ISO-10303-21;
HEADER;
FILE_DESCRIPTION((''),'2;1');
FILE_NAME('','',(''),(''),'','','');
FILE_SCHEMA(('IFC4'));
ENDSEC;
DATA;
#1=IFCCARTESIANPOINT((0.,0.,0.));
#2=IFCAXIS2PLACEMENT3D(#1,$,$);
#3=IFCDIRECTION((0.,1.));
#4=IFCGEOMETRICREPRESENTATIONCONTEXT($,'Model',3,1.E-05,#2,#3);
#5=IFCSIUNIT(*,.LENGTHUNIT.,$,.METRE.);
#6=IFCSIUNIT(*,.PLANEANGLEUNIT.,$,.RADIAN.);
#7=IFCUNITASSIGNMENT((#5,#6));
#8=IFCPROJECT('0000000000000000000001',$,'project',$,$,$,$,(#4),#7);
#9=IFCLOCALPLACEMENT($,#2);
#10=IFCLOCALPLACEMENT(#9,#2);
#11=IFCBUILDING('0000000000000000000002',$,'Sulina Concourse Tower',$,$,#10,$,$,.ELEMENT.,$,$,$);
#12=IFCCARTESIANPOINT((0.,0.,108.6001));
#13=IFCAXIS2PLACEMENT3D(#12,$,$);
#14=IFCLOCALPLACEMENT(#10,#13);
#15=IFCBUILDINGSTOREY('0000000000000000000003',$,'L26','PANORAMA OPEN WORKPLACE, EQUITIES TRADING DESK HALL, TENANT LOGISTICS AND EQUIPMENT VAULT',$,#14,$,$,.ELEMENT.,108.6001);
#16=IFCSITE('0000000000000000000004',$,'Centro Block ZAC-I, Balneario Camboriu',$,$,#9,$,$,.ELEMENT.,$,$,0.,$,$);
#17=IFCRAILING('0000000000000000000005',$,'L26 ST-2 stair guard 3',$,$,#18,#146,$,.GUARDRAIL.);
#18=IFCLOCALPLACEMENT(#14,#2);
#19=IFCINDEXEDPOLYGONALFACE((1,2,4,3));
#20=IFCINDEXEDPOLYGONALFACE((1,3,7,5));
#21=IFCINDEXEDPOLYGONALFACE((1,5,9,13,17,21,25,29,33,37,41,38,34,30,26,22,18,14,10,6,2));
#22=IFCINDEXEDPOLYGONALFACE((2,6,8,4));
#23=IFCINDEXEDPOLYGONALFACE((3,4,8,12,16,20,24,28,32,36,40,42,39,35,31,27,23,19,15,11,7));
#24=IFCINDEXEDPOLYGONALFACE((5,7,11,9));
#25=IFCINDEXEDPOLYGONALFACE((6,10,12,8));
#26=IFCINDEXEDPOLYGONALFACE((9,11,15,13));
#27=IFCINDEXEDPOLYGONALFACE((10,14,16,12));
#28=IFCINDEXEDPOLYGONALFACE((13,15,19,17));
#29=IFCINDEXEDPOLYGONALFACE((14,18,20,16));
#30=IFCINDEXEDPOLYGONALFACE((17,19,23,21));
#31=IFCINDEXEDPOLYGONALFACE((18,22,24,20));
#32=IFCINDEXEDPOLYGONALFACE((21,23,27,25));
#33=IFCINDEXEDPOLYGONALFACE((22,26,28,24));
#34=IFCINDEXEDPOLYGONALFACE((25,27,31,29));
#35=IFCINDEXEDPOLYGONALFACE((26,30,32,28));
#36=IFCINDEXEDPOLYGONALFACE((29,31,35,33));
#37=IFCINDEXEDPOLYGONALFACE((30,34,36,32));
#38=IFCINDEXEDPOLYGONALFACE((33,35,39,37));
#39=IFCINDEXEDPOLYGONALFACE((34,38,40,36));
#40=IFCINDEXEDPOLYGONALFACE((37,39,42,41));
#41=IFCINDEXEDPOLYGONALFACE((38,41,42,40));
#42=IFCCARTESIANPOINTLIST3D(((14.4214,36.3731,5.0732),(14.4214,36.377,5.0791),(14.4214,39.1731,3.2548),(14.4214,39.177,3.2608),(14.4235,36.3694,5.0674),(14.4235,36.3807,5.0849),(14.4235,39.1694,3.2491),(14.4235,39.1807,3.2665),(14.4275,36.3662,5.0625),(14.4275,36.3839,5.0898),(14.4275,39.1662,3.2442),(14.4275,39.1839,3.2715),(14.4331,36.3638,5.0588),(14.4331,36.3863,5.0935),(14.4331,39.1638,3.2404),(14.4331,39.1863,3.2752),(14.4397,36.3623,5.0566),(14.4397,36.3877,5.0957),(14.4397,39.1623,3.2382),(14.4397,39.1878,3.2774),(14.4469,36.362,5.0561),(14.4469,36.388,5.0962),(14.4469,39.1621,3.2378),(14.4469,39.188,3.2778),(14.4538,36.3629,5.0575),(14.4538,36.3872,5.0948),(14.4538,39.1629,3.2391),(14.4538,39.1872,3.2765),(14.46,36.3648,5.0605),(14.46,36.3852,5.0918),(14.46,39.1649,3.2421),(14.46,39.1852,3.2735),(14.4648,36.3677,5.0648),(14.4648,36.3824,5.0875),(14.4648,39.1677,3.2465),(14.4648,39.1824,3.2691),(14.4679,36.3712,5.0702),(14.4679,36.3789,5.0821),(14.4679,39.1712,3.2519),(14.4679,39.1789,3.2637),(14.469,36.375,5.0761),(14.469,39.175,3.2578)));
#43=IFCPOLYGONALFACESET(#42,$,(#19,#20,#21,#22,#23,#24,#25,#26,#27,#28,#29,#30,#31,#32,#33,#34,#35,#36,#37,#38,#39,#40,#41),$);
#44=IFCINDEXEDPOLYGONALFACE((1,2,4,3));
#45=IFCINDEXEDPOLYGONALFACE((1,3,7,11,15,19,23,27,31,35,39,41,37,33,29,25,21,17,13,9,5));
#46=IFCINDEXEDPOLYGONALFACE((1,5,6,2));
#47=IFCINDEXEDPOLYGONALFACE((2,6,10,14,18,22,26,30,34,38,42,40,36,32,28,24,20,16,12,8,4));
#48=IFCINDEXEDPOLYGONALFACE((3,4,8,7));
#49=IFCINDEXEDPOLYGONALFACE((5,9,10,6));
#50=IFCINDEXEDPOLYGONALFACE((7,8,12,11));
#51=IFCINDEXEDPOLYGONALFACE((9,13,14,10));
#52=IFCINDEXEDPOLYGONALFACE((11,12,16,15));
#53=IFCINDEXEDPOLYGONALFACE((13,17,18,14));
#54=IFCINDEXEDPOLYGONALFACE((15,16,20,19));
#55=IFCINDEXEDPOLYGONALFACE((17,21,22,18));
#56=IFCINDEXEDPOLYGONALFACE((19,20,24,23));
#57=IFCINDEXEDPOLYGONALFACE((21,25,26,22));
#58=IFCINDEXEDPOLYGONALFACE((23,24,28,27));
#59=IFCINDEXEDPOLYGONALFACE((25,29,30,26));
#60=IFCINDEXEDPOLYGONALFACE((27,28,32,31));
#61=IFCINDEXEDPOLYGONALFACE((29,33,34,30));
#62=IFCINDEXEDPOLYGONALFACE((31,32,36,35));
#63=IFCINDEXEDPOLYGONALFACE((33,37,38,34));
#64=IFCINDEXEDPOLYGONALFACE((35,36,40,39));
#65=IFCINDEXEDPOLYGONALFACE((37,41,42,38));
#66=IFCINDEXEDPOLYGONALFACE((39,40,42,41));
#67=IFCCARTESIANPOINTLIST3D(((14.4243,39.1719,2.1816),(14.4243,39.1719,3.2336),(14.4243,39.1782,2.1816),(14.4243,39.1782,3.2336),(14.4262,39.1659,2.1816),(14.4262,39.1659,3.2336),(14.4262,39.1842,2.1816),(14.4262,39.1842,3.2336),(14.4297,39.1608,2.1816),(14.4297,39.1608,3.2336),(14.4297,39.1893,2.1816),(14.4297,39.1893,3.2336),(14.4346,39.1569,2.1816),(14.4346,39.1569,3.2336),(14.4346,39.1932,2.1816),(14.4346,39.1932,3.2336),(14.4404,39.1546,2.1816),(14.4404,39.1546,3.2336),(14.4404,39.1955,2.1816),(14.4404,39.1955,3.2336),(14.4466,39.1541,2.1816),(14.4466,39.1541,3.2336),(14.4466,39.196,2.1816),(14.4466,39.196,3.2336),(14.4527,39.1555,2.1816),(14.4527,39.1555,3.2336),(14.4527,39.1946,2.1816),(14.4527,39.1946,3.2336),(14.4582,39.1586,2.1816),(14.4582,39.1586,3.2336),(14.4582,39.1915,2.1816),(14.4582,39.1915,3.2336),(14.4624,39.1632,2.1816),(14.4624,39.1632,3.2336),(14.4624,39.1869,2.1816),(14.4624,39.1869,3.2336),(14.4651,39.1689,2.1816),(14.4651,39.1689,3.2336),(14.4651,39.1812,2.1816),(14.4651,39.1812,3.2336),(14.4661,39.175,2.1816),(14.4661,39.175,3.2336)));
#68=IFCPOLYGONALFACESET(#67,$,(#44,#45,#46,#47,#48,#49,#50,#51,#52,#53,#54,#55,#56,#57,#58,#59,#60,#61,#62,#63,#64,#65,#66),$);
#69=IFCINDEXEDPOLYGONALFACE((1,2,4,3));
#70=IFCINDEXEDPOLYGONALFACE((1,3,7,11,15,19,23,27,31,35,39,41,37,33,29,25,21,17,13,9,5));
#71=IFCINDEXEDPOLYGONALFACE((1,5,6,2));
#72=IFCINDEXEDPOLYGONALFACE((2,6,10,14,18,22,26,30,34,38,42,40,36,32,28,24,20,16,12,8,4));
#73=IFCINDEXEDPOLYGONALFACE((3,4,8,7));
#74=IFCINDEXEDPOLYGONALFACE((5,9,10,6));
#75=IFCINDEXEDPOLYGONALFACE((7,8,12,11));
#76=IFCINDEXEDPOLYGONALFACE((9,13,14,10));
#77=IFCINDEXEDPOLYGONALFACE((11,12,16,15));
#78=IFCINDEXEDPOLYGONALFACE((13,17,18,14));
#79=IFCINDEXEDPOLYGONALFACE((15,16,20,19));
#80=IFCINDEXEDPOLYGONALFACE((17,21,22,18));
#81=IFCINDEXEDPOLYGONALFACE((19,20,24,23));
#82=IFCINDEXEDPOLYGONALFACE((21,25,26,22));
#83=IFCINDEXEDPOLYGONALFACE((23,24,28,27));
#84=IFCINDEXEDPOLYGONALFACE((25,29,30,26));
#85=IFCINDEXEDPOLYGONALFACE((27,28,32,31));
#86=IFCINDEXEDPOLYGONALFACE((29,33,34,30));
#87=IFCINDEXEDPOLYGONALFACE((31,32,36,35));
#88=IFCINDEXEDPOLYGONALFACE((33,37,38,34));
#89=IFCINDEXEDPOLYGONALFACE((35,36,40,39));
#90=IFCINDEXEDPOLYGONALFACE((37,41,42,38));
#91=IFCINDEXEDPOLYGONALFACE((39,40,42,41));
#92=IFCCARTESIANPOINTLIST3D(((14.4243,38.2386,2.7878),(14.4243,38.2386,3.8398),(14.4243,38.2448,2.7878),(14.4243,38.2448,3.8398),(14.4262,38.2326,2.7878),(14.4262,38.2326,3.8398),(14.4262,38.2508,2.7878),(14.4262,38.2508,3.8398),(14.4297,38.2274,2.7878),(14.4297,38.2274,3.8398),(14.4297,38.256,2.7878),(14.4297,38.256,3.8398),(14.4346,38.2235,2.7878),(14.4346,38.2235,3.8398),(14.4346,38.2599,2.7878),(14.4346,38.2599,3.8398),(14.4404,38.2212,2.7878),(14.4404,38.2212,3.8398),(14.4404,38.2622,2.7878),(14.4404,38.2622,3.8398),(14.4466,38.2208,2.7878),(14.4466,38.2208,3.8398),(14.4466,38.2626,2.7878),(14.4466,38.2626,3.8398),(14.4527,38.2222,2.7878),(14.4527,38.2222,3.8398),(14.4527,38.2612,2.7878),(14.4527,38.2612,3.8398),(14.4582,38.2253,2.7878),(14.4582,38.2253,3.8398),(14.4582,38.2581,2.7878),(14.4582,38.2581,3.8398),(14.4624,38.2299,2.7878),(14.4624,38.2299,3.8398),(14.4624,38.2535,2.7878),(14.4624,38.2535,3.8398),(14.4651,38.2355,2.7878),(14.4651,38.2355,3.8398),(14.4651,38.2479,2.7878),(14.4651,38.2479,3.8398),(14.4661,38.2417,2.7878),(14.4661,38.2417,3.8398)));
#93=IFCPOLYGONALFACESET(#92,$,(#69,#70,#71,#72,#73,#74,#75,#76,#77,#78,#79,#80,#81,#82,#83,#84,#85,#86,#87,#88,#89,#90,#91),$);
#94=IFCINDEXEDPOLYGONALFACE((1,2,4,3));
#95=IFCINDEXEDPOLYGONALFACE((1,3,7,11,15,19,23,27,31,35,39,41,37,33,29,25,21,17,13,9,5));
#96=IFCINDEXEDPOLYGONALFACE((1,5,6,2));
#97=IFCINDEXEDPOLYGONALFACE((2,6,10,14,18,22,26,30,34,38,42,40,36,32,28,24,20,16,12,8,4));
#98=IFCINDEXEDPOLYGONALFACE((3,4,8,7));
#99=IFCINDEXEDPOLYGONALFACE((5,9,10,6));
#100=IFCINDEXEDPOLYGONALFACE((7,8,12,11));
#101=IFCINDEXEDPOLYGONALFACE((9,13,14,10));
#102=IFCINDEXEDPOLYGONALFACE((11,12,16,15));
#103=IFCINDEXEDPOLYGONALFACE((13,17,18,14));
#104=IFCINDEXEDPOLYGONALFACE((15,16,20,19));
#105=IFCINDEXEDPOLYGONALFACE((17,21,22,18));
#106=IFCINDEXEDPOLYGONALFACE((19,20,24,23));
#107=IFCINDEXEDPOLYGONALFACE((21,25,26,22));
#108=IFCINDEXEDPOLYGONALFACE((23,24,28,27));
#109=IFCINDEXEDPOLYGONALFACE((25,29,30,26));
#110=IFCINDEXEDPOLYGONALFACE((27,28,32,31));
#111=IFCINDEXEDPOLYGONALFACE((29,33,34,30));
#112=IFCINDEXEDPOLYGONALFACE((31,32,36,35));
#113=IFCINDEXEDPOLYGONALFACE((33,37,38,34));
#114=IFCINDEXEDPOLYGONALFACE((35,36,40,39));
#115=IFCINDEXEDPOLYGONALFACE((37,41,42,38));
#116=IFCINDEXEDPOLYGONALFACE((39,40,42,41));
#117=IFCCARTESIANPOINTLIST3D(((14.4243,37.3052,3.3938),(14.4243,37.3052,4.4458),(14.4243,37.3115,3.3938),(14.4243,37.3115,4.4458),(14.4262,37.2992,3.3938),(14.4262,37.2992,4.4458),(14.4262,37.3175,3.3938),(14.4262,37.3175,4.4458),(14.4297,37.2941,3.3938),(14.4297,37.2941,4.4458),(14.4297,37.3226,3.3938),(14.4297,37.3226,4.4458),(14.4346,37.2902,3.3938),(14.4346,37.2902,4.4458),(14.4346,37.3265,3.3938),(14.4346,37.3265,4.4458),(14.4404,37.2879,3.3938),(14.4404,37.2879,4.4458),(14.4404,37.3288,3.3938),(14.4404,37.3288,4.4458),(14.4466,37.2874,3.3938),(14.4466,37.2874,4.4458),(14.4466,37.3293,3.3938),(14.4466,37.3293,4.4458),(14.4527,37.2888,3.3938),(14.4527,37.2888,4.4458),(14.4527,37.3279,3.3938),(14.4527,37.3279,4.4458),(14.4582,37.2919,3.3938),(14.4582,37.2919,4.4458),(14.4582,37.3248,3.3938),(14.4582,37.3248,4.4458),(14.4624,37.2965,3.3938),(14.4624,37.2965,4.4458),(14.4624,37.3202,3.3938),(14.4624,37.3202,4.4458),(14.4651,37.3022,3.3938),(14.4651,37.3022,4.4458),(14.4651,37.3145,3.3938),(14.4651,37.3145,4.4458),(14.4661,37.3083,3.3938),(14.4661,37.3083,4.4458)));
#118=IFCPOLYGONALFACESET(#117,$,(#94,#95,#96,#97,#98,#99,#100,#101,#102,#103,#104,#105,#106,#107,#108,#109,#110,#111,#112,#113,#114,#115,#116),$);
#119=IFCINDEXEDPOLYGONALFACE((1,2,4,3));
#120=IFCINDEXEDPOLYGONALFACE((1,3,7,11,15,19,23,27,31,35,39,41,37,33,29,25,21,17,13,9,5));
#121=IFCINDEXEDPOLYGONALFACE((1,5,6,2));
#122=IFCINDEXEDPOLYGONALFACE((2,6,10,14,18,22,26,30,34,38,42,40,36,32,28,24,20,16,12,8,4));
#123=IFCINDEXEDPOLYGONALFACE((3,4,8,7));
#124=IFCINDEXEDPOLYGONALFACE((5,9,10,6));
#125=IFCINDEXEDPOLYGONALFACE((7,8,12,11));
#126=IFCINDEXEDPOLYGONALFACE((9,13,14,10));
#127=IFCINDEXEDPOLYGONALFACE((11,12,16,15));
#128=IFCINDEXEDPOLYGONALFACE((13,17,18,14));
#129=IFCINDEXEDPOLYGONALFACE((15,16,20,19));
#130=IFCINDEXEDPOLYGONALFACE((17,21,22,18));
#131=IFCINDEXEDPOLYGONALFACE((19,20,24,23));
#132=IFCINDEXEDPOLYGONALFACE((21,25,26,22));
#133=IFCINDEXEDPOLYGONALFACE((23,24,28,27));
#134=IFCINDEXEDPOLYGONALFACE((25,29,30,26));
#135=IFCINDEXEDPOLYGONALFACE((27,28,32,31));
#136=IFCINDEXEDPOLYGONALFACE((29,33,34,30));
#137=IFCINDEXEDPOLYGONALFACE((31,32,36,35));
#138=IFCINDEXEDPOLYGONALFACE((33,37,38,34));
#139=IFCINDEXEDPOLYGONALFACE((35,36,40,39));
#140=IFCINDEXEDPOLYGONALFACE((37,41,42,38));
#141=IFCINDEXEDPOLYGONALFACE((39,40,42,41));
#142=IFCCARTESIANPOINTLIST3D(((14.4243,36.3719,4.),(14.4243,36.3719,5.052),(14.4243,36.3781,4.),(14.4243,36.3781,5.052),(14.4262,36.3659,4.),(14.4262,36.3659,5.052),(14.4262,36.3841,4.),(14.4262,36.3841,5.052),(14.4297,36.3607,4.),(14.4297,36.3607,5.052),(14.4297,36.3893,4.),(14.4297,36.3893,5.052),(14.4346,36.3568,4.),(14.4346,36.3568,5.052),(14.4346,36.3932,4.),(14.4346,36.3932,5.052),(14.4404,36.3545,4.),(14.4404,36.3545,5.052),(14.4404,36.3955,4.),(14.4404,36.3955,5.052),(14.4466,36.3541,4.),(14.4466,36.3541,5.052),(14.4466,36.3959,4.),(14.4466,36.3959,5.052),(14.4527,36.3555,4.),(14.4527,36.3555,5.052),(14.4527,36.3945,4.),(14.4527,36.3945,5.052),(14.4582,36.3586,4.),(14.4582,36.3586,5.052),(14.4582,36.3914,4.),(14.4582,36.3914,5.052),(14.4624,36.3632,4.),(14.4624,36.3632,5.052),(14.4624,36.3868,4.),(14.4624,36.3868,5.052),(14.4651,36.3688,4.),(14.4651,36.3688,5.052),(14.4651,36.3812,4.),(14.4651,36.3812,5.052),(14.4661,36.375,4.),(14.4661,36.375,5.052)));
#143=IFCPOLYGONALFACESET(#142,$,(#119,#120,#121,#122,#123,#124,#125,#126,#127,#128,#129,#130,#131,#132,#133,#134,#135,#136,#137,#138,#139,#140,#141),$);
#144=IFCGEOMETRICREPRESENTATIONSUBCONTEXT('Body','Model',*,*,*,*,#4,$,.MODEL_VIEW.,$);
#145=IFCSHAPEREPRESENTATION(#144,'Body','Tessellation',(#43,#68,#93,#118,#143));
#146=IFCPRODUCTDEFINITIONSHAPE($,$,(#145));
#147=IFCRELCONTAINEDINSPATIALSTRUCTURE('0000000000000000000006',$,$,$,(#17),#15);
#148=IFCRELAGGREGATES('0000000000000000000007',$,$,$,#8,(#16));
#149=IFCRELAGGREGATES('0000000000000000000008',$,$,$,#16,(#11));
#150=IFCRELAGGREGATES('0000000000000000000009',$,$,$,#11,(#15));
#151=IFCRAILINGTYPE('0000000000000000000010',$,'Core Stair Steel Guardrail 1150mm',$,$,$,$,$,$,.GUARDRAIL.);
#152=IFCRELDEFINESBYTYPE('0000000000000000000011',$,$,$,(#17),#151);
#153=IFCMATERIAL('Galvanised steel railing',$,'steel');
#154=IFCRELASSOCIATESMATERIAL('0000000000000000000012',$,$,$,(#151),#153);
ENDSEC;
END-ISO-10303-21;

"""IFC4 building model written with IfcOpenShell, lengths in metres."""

from ifc_helpers import new_model, si_unit, direction, frame, origin, origin_2d, place, context, subcontext, project, spatial, circle, extrude, material, type_object, element, save


model = new_model("IFC4")

# Units and contexts
model_context = context("Model", 3, precision=1e-05, world=origin(), true_north=direction((0.0, 1.0)))
body_context = subcontext(model_context, "Body", "Model", "MODEL_VIEW")
ifc_project = project(units=[si_unit("LENGTHUNIT", "METRE"), si_unit("PLANEANGLEUNIT", "RADIAN")], contexts=[model_context])

# Site, building, storey
site_placement = place(None, origin())
site = spatial("IfcSite", under=ifc_project, at=site_placement, Name="Centro Block ZAC-I, Balneario Camboriu", CompositionType="ELEMENT", RefElevation=0.0)
building_placement = place(site_placement, origin())
building = spatial("IfcBuilding", under=site, at=building_placement, Name="Sulina Concourse Tower", CompositionType="ELEMENT")
storey_placement = place(building_placement, frame((0.0, 0.0, 108.6001)))
storey = spatial("IfcBuildingStorey", under=building, at=storey_placement, Name="L26", Description="PANORAMA OPEN WORKPLACE, EQUITIES TRADING DESK HALL, TENANT LOGISTICS AND EQUIPMENT VAULT", CompositionType="ELEMENT", Elevation=108.6001)

# Railing
ifc_material_1 = material(Name="Galvanised steel railing", Category="steel")
railing_type_1 = type_object("IfcRailingType", Name="Core Stair Steel Guardrail 1150mm", PredefinedType="GUARDRAIL", material=ifc_material_1)
railing_1_placement = place(storey_placement, frame((14.4451, 39.175, 2.1816)))
element("IfcRailing", 1, at=railing_1_placement, inside=storey, type_object=railing_type_1, Name="L26 ST-2 stair guard 3", PredefinedType="GUARDRAIL", context=body_context, shape_type="SweptSolid", body=[
    extrude(circle(Radius=0.0239, at=origin_2d()), frame((0.0, 0.0, 1.0762), z_axis=(0.0, -0.838672, 0.544636), x_axis=(1.0, 0.0, 0.0)), (0.0, 0.0, 1.0), 3.3386),
    extrude(circle(Radius=0.021, at=origin_2d()), origin(), (0.0, 0.0, 1.0), 1.052),
    extrude(circle(Radius=0.021, at=origin_2d()), frame((0.0, -0.9333, 0.6062)), (0.0, 0.0, 1.0), 1.052),
    extrude(circle(Radius=0.021, at=origin_2d()), frame((0.0, -1.8667, 1.2122)), (0.0, 0.0, 1.0), 1.052),
    extrude(circle(Radius=0.021, at=origin_2d()), frame((0.0, -2.8, 1.8184)), (0.0, 0.0, 1.0), 1.052),
])

save(model, "model.ifc")
